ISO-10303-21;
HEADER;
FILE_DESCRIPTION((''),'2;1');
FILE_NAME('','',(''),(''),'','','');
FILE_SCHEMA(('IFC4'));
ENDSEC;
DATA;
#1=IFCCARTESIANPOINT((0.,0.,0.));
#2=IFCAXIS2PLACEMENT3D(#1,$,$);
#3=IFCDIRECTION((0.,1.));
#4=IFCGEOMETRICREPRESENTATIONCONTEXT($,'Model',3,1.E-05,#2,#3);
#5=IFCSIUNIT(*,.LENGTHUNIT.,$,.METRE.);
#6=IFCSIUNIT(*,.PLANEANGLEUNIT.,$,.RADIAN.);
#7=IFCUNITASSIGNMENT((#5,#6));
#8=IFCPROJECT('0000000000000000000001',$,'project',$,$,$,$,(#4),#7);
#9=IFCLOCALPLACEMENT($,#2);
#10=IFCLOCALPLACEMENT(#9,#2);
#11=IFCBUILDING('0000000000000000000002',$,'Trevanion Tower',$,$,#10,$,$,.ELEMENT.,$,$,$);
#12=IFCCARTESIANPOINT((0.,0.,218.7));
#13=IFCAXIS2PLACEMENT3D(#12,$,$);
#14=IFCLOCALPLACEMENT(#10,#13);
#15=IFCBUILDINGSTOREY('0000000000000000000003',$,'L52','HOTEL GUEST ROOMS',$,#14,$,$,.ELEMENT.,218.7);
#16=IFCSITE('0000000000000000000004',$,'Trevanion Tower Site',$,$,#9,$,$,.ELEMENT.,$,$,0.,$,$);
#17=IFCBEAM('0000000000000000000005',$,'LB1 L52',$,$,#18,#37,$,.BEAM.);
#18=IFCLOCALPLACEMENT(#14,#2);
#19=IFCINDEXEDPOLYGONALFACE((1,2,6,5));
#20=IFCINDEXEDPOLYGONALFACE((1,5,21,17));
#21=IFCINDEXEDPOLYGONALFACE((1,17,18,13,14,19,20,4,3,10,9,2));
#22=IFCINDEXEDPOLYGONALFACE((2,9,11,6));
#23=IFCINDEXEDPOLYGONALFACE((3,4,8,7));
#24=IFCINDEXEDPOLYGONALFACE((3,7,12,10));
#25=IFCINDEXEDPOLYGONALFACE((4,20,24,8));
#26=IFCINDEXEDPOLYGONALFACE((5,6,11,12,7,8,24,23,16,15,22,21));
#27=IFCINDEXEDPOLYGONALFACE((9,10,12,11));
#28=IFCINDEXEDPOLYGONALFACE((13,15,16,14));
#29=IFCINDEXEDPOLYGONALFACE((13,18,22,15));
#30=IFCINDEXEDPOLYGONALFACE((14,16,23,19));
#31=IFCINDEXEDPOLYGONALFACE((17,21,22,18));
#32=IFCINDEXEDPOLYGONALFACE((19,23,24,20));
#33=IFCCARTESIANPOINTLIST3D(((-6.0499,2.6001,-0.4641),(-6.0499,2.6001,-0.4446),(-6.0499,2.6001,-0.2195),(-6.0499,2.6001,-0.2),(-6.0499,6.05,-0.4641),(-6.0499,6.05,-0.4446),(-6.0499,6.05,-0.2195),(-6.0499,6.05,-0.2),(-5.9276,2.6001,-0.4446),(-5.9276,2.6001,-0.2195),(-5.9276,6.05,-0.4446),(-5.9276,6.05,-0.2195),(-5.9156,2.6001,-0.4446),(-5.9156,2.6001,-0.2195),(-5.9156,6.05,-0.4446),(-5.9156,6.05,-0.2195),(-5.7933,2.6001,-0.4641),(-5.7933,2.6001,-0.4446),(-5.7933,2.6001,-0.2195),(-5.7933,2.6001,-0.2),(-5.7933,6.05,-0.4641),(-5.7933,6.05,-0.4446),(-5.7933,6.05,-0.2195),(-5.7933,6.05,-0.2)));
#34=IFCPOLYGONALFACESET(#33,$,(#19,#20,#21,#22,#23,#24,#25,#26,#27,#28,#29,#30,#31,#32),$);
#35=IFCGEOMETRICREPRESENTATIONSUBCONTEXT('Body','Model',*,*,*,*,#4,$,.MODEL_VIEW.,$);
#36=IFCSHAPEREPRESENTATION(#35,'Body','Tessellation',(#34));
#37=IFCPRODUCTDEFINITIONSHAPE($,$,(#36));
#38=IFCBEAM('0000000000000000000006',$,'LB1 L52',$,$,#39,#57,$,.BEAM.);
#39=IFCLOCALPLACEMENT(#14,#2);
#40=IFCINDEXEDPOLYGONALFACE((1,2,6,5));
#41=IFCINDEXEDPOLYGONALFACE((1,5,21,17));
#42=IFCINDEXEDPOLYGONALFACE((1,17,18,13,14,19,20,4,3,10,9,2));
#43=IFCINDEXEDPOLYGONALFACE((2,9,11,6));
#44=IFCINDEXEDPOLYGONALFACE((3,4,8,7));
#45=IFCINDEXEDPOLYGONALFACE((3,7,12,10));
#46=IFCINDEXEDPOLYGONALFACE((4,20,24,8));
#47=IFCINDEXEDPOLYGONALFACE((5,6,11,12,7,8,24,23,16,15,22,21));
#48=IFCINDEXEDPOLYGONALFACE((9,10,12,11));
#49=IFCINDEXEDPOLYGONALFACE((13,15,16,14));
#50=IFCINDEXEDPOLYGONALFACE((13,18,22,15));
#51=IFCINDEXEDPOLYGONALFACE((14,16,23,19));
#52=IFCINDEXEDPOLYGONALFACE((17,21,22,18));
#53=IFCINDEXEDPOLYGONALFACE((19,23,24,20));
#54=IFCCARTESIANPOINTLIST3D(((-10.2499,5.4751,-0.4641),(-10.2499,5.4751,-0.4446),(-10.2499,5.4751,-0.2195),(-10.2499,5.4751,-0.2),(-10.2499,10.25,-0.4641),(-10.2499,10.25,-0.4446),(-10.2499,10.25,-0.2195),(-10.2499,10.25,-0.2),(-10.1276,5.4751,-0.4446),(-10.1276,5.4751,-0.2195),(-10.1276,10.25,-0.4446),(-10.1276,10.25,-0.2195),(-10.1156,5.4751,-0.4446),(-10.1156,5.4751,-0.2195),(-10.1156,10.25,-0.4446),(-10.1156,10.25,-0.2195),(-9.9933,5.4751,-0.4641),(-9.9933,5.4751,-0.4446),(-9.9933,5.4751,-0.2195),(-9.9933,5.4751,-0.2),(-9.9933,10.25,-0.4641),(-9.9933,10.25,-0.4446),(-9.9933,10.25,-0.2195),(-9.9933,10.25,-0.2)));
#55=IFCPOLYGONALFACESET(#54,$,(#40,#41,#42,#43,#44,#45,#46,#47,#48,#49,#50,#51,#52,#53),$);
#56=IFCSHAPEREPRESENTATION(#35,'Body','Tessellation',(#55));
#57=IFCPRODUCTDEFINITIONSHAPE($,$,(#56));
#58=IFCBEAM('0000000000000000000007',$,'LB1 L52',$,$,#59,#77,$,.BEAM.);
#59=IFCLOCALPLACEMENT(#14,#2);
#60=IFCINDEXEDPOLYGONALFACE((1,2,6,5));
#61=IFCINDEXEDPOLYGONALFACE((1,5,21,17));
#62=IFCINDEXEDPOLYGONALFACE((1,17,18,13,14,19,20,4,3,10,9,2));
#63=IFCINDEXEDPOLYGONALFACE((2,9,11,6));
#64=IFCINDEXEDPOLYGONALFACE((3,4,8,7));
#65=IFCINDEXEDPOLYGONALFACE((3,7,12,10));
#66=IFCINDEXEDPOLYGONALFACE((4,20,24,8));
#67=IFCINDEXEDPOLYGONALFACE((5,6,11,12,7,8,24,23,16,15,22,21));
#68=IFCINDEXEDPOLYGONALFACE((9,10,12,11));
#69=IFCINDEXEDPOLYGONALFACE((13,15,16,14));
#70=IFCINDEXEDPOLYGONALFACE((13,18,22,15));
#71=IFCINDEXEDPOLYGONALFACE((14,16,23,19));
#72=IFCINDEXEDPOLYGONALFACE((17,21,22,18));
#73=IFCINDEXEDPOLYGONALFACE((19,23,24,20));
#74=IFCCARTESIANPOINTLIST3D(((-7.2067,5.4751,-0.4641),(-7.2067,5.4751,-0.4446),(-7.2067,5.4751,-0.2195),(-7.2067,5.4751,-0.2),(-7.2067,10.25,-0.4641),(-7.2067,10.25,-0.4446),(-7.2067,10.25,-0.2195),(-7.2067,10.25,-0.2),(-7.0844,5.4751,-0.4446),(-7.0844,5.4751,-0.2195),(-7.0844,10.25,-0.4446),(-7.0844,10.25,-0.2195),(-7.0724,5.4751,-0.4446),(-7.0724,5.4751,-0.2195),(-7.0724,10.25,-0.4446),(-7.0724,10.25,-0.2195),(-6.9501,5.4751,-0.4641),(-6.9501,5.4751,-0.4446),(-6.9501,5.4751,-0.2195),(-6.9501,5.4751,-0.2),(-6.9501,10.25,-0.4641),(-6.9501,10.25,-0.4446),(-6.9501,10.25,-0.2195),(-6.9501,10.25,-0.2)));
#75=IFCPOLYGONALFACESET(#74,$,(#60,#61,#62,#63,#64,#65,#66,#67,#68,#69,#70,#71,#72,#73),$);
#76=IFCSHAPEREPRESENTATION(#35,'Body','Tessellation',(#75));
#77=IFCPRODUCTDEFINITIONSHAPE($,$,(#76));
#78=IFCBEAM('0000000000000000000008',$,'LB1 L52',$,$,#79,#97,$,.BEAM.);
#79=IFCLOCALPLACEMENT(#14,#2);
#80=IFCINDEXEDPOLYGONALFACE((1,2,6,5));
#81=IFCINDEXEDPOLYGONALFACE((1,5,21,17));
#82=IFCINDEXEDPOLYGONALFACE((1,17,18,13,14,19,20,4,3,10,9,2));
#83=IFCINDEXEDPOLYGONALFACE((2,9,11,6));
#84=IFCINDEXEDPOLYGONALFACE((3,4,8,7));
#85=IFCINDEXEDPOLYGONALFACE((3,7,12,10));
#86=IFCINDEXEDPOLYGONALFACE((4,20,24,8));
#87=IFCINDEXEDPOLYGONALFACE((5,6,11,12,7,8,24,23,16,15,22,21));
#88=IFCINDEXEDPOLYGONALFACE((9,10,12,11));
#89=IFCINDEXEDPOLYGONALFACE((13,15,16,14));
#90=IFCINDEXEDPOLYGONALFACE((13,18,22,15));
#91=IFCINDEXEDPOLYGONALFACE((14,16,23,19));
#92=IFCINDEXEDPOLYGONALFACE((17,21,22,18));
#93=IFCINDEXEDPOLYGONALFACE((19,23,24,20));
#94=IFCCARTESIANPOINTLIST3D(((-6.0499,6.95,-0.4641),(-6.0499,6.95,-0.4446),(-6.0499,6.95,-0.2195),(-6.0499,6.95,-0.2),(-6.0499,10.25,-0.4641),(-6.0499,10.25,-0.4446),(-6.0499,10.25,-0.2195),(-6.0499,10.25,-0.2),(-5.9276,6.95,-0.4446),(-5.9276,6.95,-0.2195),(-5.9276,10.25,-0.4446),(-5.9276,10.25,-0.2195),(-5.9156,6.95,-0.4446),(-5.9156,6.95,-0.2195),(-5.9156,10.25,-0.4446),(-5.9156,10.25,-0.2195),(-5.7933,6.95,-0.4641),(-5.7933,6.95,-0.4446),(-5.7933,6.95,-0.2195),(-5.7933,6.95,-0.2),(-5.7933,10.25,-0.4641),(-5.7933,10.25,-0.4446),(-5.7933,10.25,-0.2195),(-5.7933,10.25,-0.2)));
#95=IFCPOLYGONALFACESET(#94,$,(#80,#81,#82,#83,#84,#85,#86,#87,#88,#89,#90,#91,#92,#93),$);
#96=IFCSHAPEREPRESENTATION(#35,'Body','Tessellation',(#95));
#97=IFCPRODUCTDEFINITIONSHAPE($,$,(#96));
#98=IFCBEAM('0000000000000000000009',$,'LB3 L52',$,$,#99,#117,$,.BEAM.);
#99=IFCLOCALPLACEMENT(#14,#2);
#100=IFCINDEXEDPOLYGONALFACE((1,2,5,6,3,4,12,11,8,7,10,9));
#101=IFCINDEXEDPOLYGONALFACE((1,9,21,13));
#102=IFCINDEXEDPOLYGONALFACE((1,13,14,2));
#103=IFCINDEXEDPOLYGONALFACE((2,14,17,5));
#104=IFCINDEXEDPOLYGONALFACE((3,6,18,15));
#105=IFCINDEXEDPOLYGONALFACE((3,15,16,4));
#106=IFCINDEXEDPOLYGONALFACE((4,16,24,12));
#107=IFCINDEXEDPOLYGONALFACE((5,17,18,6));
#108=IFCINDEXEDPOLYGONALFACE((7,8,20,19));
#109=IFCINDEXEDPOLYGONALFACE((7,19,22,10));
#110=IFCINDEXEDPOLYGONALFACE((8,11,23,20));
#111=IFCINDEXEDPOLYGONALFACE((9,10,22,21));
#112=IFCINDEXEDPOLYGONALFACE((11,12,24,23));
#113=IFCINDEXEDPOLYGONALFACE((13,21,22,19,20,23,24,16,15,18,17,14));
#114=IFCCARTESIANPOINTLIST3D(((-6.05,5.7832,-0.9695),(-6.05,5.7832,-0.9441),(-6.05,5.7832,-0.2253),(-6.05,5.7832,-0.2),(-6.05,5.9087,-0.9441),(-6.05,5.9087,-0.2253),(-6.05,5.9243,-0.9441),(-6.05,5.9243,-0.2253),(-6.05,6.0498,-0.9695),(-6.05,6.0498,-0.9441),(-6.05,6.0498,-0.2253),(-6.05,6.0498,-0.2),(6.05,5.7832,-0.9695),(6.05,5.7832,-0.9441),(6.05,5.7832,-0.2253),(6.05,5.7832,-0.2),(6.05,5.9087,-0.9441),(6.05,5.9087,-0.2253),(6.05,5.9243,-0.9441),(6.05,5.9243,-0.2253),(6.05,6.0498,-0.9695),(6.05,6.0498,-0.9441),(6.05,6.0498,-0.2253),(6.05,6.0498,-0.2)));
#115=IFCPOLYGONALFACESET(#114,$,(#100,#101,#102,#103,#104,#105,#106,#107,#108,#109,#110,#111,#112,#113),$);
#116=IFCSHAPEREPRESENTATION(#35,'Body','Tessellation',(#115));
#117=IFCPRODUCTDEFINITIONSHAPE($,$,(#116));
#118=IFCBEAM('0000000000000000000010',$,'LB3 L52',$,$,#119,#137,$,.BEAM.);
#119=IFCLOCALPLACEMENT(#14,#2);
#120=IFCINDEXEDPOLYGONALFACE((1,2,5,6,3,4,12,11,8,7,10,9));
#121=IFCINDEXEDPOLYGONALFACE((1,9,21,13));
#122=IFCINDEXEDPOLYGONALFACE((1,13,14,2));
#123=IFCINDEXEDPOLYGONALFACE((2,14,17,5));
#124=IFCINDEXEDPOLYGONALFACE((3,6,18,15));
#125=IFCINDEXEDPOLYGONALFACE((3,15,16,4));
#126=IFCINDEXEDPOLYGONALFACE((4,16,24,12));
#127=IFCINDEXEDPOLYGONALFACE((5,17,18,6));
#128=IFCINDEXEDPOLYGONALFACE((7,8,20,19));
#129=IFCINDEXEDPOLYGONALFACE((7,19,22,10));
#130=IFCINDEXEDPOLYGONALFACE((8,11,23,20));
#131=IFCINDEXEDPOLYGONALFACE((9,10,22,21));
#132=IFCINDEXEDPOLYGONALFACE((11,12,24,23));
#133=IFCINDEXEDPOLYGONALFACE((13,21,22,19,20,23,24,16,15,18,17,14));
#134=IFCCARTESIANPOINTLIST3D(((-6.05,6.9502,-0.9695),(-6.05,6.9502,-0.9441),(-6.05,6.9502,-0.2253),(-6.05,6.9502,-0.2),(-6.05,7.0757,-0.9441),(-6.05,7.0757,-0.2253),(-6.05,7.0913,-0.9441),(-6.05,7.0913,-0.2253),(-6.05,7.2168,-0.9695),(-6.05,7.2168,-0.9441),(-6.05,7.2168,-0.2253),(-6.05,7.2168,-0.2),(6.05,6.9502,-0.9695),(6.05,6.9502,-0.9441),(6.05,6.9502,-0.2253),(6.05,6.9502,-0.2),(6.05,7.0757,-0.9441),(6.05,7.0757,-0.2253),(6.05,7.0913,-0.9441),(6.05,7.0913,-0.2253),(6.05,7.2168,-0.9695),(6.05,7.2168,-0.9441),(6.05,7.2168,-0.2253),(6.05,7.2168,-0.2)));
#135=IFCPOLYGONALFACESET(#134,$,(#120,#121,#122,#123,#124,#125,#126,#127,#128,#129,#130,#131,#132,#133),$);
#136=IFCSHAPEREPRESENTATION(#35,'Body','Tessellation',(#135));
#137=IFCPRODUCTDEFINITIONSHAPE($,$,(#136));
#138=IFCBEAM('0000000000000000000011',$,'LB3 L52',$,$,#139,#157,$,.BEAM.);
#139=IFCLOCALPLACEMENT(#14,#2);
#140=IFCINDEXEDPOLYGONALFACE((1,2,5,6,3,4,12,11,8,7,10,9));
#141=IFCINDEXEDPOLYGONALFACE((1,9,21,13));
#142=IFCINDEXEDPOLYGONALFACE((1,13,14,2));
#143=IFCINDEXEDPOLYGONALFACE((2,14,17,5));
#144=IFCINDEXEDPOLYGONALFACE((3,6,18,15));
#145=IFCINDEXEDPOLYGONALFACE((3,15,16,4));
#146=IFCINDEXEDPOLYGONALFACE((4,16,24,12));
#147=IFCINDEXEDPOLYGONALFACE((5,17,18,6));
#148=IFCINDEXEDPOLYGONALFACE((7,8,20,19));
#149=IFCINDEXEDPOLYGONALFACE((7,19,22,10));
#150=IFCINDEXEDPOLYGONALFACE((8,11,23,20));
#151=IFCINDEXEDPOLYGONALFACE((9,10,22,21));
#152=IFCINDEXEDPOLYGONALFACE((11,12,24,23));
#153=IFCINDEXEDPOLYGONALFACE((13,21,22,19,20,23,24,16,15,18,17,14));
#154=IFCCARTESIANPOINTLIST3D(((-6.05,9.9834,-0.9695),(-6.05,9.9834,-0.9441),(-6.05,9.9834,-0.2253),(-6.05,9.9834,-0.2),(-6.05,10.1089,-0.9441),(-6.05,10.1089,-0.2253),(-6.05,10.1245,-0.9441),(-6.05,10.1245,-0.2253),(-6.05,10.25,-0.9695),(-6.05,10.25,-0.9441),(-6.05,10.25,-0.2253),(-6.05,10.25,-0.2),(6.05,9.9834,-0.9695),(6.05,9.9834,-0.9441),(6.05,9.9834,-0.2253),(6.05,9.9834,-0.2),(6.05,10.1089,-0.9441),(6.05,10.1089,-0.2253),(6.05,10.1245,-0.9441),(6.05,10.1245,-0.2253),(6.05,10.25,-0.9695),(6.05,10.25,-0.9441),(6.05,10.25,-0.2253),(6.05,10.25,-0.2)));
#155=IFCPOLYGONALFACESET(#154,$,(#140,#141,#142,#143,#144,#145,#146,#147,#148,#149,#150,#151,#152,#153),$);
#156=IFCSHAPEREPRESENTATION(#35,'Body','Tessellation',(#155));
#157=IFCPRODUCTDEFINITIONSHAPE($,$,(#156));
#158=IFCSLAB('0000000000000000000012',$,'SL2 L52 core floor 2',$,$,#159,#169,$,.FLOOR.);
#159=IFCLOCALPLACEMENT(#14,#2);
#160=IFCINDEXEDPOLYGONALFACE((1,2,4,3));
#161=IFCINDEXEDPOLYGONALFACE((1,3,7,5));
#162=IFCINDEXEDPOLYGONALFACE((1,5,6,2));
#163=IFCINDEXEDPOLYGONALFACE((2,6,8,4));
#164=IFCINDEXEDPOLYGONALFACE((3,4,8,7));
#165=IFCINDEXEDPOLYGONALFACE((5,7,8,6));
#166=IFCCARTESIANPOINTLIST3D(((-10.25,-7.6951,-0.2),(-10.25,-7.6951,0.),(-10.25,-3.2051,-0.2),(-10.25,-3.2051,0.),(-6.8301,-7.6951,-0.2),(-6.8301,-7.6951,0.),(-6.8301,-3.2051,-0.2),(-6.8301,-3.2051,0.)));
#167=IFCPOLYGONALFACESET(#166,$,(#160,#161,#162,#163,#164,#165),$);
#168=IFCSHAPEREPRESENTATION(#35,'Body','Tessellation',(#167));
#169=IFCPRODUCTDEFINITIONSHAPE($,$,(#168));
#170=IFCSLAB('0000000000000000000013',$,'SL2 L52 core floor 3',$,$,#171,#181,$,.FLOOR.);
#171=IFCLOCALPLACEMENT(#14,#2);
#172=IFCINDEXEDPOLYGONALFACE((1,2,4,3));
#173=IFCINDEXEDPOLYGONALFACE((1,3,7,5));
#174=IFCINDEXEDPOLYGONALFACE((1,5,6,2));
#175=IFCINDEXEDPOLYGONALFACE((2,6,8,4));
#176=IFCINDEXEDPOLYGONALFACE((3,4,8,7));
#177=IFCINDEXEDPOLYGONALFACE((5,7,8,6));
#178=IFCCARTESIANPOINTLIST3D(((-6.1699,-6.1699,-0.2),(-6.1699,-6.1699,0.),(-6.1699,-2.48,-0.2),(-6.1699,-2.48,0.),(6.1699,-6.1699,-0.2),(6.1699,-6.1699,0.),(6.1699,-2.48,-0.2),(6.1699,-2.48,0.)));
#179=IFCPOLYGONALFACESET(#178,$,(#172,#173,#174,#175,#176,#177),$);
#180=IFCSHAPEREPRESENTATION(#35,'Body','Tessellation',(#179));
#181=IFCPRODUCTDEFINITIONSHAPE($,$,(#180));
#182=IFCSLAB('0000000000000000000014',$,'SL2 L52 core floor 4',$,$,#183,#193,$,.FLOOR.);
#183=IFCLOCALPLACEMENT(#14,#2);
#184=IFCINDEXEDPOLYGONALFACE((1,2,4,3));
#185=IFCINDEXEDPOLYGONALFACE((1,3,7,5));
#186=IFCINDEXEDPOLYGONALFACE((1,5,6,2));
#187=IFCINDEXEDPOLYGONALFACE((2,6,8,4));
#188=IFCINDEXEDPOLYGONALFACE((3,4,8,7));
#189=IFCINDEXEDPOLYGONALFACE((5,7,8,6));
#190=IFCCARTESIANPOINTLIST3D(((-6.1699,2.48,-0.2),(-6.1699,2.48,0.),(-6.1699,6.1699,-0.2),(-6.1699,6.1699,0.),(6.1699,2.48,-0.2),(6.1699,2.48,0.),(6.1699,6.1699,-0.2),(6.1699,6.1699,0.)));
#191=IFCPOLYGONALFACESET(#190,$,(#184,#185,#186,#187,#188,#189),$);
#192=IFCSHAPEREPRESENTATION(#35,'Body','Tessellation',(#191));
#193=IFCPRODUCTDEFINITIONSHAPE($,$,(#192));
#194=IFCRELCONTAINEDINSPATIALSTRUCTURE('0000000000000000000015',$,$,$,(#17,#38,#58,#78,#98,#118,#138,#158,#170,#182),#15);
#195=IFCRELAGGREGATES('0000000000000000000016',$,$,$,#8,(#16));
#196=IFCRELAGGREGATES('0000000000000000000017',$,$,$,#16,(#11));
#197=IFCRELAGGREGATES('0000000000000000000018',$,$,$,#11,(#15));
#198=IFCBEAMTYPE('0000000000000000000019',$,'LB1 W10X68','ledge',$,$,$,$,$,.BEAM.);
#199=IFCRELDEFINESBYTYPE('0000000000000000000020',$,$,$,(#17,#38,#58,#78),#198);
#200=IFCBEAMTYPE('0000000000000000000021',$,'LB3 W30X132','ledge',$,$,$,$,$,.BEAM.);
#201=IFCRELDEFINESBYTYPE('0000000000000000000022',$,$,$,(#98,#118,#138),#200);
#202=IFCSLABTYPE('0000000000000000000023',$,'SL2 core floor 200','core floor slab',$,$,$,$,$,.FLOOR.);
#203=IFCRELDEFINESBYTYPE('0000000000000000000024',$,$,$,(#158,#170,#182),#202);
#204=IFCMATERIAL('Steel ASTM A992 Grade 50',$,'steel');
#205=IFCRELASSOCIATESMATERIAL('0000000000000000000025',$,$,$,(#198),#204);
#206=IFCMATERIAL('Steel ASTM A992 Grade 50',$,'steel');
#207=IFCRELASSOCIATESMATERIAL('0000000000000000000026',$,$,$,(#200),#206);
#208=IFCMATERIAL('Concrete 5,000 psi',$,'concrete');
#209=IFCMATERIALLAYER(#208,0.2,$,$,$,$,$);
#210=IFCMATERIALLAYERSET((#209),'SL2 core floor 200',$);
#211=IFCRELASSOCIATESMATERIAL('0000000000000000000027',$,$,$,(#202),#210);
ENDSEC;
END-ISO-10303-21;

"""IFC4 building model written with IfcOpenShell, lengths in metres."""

from ifc_helpers import new_model, si_unit, direction, frame, origin, origin_2d, place, context, subcontext, project, spatial, polyline, i_section, outline, extrude, material, layer, layer_set, material_profile, profile_set, type_object, element, save


model = new_model("IFC4")

# Units and contexts
model_context = context("Model", 3, precision=1e-05, world=origin(), true_north=direction((0.0, 1.0)))
body_context = subcontext(model_context, "Body", "Model", "MODEL_VIEW")
ifc_project = project(units=[si_unit("LENGTHUNIT", "METRE"), si_unit("PLANEANGLEUNIT", "RADIAN")], contexts=[model_context])

# Site, building, storey
site_placement = place(None, origin())
site = spatial("IfcSite", under=ifc_project, at=site_placement, Name="Trevanion Tower Site", CompositionType="ELEMENT", RefElevation=0.0)
building_placement = place(site_placement, origin())
building = spatial("IfcBuilding", under=site, at=building_placement, Name="Trevanion Tower", CompositionType="ELEMENT")
storey_placement = place(building_placement, frame((0.0, 0.0, 218.7)))
storey = spatial("IfcBuildingStorey", under=building, at=storey_placement, Name="L52", Description="HOTEL GUEST ROOMS", CompositionType="ELEMENT", Elevation=218.7)

# Beams
ifc_material_1 = material(Name="Steel ASTM A992 Grade 50", Category="steel")
ifc_material_profile_1 = material_profile(ifc_material_1, i_section(OverallWidth=0.2566, OverallDepth=0.2642, WebThickness=0.012, FlangeThickness=0.0195, at=origin_2d()), Name="W10X68")
ifc_profile_set_1 = profile_set([ifc_material_profile_1], Name="Steel ASTM A992 Grade 50")
beam_type_1 = type_object("IfcBeamType", Name="LB1 W10X68", Description="ledge", PredefinedType="BEAM", material=ifc_profile_set_1)
beam_1_placement = place(storey_placement, frame((-5.9216, 2.6001, -0.332), z_axis=(0.0, 1.0, 0.0), x_axis=(-1.0, 0.0, 0.0)))
element("IfcBeam", 1, at=beam_1_placement, inside=storey, type_object=beam_type_1, Name="LB1 L52", PredefinedType="BEAM", context=body_context, shape_type="SweptSolid", body=[
    extrude(i_section(OverallWidth=0.2566, OverallDepth=0.2642, WebThickness=0.012, FlangeThickness=0.0195, at=origin_2d()), origin(), (0.0, 0.0, 1.0), 3.45),
])
for number, where, z_axis, x_axis, name in (
    (2, (-10.1216, 5.4751, -0.332), (0.0, 1.0, 0.0), (-1.0, 0.0, 0.0), "LB1 L52"),
    (3, (-7.0784, 5.4751, -0.332), (0.0, 1.0, 0.0), (-1.0, 0.0, 0.0), "LB1 L52"),
):
    element("IfcBeam", number, at=place(storey_placement, frame(where, z_axis=z_axis, x_axis=x_axis)), inside=storey, type_object=beam_type_1, Name=name, PredefinedType="BEAM", context=body_context, shape_type="SweptSolid", body=[
        extrude(i_section(OverallWidth=0.2566, OverallDepth=0.2642, WebThickness=0.012, FlangeThickness=0.0195, at=origin_2d()), origin(), (0.0, 0.0, 1.0), 4.7749),
    ])
beam_2_placement = place(storey_placement, frame((-5.9216, 6.95, -0.332), z_axis=(0.0, 1.0, 0.0), x_axis=(-1.0, 0.0, 0.0)))
element("IfcBeam", 4, at=beam_2_placement, inside=storey, type_object=beam_type_1, Name="LB1 L52", PredefinedType="BEAM", context=body_context, shape_type="SweptSolid", body=[
    extrude(i_section(OverallWidth=0.2566, OverallDepth=0.2642, WebThickness=0.012, FlangeThickness=0.0195, at=origin_2d()), origin(), (0.0, 0.0, 1.0), 3.3),
])
ifc_material_2 = material(Name="Steel ASTM A992 Grade 50", Category="steel")
ifc_material_profile_2 = material_profile(ifc_material_2, i_section(OverallWidth=0.2666, OverallDepth=0.7695, WebThickness=0.0156, FlangeThickness=0.0254, at=origin_2d()), Name="W30X132")
ifc_profile_set_2 = profile_set([ifc_material_profile_2], Name="Steel ASTM A992 Grade 50")
beam_type_2 = type_object("IfcBeamType", Name="LB3 W30X132", Description="ledge", PredefinedType="BEAM", material=ifc_profile_set_2)
for number, where, z_axis, x_axis, name in (
    (5, (-6.05, 5.9165, -0.5847), (1.0, 0.0, 0.0), (0.0, 1.0, 0.0), "LB3 L52"),
    (6, (-6.05, 7.0835, -0.5847), (1.0, 0.0, 0.0), (0.0, 1.0, 0.0), "LB3 L52"),
    (7, (-6.05, 10.1167, -0.5847), (1.0, 0.0, 0.0), (0.0, 1.0, 0.0), "LB3 L52"),
):
    element("IfcBeam", number, at=place(storey_placement, frame(where, z_axis=z_axis, x_axis=x_axis)), inside=storey, type_object=beam_type_2, Name=name, PredefinedType="BEAM", context=body_context, shape_type="SweptSolid", body=[
        extrude(i_section(OverallWidth=0.2666, OverallDepth=0.7695, WebThickness=0.0156, FlangeThickness=0.0254, at=origin_2d()), origin(), (0.0, 0.0, 1.0), 12.1001),
    ])

# Slabs
ifc_material_3 = material(Name="Concrete 5,000 psi", Category="concrete")
ifc_layer_1 = layer(ifc_material_3, 0.2)
ifc_layer_set_1 = layer_set([ifc_layer_1], Name="SL2 core floor 200")
slab_type_1 = type_object("IfcSlabType", Name="SL2 core floor 200", Description="core floor slab", PredefinedType="FLOOR", material=ifc_layer_set_1)
slab_1_placement = place(storey_placement, frame((0.0, 0.0, -0.2)))
element("IfcSlab", 8, at=slab_1_placement, inside=storey, type_object=slab_type_1, Name="SL2 L52 core floor 2", PredefinedType="FLOOR", context=body_context, shape_type="SweptSolid", body=[
    extrude(outline(polyline([(-6.8301, -3.2051), (-6.8301, -7.6951), (-10.25, -7.6951), (-10.25, -3.2051), (-6.8301, -3.2051)])), origin(), (0.0, 0.0, 1.0), 0.2),
])
slab_2_placement = place(storey_placement, frame((0.0, 0.0, -0.2)))
element("IfcSlab", 9, at=slab_2_placement, inside=storey, type_object=slab_type_1, Name="SL2 L52 core floor 3", PredefinedType="FLOOR", context=body_context, shape_type="SweptSolid", body=[
    extrude(outline(polyline([(6.1699, -6.1699), (-6.1699, -6.1699), (-6.1699, -2.48), (6.1699, -2.48), (6.1699, -6.1699)])), origin(), (0.0, 0.0, 1.0), 0.2),
])
slab_3_placement = place(storey_placement, frame((0.0, 0.0, -0.2)))
element("IfcSlab", 10, at=slab_3_placement, inside=storey, type_object=slab_type_1, Name="SL2 L52 core floor 4", PredefinedType="FLOOR", context=body_context, shape_type="SweptSolid", body=[
    extrude(outline(polyline([(6.1699, 2.48), (-6.1699, 2.48), (-6.1699, 6.1699), (6.1699, 6.1699), (6.1699, 2.48)])), origin(), (0.0, 0.0, 1.0), 0.2),
])

save(model, "model.ifc")
